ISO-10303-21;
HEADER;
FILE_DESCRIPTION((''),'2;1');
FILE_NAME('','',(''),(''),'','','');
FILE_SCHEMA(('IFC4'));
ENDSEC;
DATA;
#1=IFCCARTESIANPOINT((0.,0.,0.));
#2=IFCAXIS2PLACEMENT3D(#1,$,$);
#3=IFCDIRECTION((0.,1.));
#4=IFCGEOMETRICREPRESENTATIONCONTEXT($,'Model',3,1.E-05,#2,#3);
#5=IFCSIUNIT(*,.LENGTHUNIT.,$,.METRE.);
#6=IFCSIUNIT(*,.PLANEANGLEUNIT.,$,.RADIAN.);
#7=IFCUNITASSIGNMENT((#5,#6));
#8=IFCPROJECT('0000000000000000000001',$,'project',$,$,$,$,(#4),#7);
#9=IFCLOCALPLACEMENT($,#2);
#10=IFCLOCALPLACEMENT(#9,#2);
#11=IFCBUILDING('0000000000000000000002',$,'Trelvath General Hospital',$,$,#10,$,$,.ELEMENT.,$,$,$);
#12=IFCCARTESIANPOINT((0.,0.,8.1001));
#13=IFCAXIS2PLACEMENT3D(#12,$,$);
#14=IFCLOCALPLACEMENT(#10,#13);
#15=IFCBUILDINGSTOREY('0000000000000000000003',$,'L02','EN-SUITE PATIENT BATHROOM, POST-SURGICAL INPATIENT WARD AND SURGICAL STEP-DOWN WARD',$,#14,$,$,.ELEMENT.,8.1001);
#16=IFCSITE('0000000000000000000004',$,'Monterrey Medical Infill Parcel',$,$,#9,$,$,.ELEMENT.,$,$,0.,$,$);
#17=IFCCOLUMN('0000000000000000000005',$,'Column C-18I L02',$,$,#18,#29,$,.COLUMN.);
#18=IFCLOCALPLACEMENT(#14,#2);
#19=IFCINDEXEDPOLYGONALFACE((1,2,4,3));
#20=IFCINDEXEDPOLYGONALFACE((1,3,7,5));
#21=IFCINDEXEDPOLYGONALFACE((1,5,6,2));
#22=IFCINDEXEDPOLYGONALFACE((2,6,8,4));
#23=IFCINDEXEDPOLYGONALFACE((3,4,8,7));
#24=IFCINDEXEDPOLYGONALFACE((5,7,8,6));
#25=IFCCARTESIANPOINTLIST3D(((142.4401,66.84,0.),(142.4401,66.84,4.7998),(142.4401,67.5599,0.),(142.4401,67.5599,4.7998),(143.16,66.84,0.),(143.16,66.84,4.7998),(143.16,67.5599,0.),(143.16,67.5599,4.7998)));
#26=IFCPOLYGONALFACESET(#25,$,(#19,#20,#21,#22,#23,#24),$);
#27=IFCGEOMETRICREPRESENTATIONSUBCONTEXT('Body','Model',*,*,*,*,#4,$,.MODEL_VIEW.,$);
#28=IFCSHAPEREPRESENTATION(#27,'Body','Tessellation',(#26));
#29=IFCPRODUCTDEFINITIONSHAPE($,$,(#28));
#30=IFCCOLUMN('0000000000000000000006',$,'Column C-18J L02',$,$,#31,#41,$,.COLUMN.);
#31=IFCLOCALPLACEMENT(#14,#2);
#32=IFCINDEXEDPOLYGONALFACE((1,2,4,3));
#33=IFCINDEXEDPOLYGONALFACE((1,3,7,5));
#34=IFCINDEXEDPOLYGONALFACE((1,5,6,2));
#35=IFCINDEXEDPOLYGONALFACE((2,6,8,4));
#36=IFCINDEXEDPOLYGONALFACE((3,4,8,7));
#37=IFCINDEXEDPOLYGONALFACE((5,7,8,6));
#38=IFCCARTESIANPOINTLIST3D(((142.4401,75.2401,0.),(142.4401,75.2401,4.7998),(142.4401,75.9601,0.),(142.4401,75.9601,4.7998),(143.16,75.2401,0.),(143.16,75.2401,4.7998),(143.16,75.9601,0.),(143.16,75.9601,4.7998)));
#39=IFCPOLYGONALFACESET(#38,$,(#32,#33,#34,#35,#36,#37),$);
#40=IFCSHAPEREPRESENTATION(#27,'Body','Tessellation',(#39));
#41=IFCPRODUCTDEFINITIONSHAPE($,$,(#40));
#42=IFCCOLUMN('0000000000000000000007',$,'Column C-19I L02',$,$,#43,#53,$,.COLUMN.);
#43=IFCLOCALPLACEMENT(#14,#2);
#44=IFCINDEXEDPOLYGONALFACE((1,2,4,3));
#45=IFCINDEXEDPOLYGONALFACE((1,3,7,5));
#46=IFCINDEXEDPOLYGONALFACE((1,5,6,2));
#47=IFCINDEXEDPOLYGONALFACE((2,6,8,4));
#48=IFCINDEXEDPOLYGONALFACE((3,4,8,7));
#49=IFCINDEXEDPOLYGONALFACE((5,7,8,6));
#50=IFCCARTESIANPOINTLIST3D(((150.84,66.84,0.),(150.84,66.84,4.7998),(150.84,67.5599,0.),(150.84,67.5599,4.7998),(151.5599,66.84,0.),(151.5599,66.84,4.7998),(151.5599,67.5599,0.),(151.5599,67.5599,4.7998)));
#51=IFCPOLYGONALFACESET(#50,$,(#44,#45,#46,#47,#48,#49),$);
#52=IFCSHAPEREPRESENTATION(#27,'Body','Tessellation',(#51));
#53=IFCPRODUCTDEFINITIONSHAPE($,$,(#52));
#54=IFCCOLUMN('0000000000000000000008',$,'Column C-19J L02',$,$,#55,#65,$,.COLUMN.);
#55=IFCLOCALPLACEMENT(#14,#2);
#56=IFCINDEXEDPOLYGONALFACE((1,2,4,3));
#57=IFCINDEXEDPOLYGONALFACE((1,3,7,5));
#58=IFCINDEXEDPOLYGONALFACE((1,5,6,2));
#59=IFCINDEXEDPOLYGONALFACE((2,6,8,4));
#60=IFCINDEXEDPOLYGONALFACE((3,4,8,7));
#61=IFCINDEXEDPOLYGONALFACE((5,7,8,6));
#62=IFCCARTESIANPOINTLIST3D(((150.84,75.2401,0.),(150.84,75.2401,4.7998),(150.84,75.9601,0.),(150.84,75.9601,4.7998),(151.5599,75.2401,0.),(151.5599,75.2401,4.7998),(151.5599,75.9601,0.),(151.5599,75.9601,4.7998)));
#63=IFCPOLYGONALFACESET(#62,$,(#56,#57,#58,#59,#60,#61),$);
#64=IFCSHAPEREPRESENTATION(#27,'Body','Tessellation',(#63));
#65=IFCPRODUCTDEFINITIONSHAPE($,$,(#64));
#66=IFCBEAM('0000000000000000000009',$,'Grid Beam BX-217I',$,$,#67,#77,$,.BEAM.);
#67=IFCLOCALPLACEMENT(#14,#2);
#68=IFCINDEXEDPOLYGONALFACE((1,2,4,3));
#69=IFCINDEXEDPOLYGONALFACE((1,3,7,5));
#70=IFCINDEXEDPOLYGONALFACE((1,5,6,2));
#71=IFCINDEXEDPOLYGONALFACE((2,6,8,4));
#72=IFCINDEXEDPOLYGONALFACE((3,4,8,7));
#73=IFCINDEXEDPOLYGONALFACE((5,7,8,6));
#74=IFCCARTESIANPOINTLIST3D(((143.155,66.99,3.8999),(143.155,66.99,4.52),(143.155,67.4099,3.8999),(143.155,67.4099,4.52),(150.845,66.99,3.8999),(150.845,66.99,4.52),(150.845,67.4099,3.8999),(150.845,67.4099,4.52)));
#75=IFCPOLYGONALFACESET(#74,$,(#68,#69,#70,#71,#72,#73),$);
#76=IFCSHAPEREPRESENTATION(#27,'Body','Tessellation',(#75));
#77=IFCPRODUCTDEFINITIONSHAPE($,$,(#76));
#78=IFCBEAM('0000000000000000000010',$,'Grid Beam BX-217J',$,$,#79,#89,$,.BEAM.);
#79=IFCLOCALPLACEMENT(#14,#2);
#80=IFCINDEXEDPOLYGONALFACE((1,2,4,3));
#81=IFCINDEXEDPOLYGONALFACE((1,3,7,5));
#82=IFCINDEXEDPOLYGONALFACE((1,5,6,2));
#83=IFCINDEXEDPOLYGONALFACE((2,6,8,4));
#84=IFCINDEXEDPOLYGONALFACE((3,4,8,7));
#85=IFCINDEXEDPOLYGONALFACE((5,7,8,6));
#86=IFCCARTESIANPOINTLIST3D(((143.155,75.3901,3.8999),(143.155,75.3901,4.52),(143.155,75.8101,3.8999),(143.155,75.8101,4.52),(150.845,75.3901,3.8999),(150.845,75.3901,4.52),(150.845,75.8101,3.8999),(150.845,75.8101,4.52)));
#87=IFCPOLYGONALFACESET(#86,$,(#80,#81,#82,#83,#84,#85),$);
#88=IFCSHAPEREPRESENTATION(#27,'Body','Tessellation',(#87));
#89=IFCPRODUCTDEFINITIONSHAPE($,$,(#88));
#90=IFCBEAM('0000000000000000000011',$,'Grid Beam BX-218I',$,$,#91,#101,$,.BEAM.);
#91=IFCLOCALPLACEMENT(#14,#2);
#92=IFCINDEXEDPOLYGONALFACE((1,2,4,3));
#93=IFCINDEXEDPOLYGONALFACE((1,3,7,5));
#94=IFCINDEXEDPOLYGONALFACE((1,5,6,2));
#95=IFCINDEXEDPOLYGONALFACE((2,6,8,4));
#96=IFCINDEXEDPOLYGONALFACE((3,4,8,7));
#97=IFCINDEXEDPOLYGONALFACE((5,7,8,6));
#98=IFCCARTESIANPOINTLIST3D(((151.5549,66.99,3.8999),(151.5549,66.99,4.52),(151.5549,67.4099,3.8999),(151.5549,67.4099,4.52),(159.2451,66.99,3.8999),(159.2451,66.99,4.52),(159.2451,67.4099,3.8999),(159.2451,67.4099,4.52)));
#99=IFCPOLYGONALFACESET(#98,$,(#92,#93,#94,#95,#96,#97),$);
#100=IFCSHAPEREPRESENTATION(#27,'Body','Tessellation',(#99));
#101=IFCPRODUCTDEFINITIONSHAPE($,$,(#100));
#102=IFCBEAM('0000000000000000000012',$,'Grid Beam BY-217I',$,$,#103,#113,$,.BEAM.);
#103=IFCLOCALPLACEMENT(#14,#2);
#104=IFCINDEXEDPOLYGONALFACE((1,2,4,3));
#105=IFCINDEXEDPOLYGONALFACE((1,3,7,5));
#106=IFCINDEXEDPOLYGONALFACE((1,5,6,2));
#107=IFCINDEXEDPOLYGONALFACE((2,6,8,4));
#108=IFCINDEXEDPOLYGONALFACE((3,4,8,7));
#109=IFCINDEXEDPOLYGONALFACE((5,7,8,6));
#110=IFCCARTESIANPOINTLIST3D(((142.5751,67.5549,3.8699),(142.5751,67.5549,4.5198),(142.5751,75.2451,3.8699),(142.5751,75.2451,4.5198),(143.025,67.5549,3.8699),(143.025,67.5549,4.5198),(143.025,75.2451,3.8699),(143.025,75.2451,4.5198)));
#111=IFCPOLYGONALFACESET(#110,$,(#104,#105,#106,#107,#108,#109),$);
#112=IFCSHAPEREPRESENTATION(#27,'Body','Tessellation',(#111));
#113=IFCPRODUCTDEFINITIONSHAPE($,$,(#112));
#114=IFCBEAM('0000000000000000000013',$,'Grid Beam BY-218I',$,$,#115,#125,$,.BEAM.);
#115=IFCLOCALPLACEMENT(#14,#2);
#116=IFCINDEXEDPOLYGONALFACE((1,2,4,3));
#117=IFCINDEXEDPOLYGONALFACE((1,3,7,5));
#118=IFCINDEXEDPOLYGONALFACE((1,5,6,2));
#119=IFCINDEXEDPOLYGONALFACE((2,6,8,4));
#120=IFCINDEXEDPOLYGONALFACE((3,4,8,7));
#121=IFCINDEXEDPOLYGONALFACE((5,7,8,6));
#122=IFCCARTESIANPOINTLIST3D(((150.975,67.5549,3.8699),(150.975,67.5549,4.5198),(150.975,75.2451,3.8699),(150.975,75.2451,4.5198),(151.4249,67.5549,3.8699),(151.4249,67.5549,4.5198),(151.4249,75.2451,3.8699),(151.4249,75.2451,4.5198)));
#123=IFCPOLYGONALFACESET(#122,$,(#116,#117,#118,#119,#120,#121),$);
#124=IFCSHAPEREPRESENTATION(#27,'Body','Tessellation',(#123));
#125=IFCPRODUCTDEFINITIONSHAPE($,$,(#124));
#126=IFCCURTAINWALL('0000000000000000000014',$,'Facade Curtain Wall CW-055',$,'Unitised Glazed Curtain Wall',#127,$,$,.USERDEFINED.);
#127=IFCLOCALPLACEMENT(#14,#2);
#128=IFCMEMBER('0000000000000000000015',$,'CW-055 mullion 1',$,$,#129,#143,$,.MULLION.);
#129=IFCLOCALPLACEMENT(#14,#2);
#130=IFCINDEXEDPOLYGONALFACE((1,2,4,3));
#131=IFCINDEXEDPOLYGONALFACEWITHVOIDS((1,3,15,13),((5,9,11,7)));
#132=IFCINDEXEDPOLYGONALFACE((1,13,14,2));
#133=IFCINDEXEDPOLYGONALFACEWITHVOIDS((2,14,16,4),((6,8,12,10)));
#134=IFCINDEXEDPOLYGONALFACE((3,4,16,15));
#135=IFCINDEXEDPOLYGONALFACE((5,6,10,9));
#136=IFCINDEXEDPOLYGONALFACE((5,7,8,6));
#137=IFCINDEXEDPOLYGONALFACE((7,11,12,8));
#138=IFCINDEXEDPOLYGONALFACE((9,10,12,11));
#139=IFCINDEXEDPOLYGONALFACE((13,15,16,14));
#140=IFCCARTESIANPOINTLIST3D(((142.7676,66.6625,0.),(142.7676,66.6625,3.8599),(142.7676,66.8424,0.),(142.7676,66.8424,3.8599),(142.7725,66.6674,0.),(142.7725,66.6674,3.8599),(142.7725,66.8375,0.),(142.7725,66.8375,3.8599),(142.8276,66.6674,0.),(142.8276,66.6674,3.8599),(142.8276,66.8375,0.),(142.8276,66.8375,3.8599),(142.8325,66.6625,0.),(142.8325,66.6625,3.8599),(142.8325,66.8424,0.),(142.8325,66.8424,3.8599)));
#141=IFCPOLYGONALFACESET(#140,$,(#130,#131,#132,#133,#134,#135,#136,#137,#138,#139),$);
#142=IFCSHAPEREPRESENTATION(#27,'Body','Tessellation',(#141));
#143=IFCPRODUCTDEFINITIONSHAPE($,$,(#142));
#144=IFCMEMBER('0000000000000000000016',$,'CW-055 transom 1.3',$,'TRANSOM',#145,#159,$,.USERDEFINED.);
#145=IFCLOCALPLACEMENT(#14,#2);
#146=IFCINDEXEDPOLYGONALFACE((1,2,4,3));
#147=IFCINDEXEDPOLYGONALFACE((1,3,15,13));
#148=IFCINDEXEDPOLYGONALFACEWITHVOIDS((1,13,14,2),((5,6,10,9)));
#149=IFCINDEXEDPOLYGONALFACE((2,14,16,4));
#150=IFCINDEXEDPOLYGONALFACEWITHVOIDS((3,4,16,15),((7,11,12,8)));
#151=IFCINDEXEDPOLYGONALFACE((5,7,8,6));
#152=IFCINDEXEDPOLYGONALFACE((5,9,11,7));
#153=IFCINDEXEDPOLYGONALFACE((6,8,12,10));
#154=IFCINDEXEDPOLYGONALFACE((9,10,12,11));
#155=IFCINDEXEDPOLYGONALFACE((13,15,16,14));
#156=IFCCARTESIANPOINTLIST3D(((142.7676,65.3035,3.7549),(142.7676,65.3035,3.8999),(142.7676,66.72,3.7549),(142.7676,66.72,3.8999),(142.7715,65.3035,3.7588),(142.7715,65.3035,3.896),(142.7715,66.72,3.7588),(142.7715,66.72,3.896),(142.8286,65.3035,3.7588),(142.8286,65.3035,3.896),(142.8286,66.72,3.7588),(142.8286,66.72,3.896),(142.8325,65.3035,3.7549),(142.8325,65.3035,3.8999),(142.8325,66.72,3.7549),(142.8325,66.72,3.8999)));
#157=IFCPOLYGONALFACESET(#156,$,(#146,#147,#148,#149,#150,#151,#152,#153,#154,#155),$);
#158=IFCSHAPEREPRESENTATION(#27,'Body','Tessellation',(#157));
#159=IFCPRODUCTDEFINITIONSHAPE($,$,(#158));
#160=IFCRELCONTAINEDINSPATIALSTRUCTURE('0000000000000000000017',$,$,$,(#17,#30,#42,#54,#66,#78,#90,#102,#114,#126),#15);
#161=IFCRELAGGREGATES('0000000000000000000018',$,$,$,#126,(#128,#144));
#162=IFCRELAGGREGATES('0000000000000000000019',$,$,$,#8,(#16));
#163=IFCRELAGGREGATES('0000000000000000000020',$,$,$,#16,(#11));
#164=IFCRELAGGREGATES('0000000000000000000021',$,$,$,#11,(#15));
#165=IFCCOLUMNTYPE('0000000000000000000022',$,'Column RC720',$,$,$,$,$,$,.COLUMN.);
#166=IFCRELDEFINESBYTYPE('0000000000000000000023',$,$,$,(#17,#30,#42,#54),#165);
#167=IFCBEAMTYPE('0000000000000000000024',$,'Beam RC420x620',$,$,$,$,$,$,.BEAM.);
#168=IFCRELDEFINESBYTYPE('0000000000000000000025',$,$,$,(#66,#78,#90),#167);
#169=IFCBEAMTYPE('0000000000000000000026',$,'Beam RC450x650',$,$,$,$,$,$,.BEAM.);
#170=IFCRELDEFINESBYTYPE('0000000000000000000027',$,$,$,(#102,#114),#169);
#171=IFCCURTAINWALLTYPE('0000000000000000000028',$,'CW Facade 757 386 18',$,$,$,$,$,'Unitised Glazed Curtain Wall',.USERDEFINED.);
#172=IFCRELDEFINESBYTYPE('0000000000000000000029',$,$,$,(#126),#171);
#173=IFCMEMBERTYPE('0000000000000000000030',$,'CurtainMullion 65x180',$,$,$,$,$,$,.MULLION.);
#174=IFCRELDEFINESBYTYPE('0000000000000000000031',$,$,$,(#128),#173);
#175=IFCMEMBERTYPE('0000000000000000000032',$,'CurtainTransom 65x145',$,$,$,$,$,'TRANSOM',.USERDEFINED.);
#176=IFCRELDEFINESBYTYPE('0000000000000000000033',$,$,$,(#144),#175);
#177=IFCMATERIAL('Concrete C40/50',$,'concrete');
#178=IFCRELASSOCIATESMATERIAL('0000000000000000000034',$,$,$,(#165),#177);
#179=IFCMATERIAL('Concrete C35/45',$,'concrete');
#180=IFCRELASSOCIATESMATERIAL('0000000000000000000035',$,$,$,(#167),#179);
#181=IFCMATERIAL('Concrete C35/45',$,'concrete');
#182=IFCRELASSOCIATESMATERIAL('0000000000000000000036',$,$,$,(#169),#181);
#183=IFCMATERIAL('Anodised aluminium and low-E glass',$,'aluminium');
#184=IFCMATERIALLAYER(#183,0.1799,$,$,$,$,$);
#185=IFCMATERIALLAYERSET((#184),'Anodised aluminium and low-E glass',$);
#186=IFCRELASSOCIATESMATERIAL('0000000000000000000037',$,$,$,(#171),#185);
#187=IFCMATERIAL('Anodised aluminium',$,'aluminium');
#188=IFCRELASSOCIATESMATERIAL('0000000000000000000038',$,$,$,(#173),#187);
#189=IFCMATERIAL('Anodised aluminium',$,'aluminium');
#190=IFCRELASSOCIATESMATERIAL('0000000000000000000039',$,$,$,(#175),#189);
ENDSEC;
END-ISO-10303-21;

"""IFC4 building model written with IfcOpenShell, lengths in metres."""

from ifc_helpers import new_model, si_unit, direction, frame, origin, origin_2d, place, context, subcontext, project, spatial, rectangle, hollow_rectangle, extrude, material, layer, layer_set, material_profile, profile_set, type_object, element, aggregate, save


model = new_model("IFC4")

# Units and contexts
model_context = context("Model", 3, precision=1e-05, world=origin(), true_north=direction((0.0, 1.0)))
body_context = subcontext(model_context, "Body", "Model", "MODEL_VIEW")
ifc_project = project(units=[si_unit("LENGTHUNIT", "METRE"), si_unit("PLANEANGLEUNIT", "RADIAN")], contexts=[model_context])

# Site, building, storey
site_placement = place(None, origin())
site = spatial("IfcSite", under=ifc_project, at=site_placement, Name="Monterrey Medical Infill Parcel", CompositionType="ELEMENT", RefElevation=0.0)
building_placement = place(site_placement, origin())
building = spatial("IfcBuilding", under=site, at=building_placement, Name="Trelvath General Hospital", CompositionType="ELEMENT")
storey_placement = place(building_placement, frame((0.0, 0.0, 8.1001)))
storey = spatial("IfcBuildingStorey", under=building, at=storey_placement, Name="L02", Description="EN-SUITE PATIENT BATHROOM, POST-SURGICAL INPATIENT WARD AND SURGICAL STEP-DOWN WARD", CompositionType="ELEMENT", Elevation=8.1001)

# Columns
ifc_material_1 = material(Name="Concrete C40/50", Category="concrete")
ifc_material_profile_1 = material_profile(ifc_material_1, rectangle(XDim=0.72, YDim=0.72, at=origin_2d()), Name="RC720x720")
ifc_profile_set_1 = profile_set([ifc_material_profile_1], Name="Concrete C40/50")
column_type = type_object("IfcColumnType", Name="Column RC720", PredefinedType="COLUMN", material=ifc_profile_set_1)
for number, where, z_axis, x_axis, name in (
    (1, (142.8, 67.2, 0.0), (0.0, 0.0, 1.0), (1.0, 0.0, 0.0), "Column C-18I L02"),
    (2, (142.8, 75.6001, 0.0), (0.0, 0.0, 1.0), (1.0, 0.0, 0.0), "Column C-18J L02"),
    (3, (151.2, 67.2, 0.0), (0.0, 0.0, 1.0), (1.0, 0.0, 0.0), "Column C-19I L02"),
    (4, (151.2, 75.6001, 0.0), (0.0, 0.0, 1.0), (1.0, 0.0, 0.0), "Column C-19J L02"),
):
    element("IfcColumn", number, at=place(storey_placement, frame(where, z_axis=z_axis, x_axis=x_axis)), inside=storey, type_object=column_type, Name=name, PredefinedType="COLUMN", context=body_context, shape_type="SweptSolid", body=[
        extrude(rectangle(XDim=0.72, YDim=0.72, at=origin_2d()), origin(), (0.0, 0.0, 1.0), 4.7998),
    ])

# Beams
ifc_material_2 = material(Name="Concrete C35/45", Category="concrete")
ifc_material_profile_2 = material_profile(ifc_material_2, rectangle(XDim=0.4199, YDim=0.6201, at=origin_2d()), Name="RCB420x620")
ifc_profile_set_2 = profile_set([ifc_material_profile_2], Name="Concrete C35/45")
beam_type_1 = type_object("IfcBeamType", Name="Beam RC420x620", PredefinedType="BEAM", material=ifc_profile_set_2)
for number, where, z_axis, x_axis, name in (
    (5, (143.155, 67.2, 4.21), (1.0, 0.0, 0.0), (0.0, 1.0, 0.0), "Grid Beam BX-217I"),
    (6, (143.155, 75.6001, 4.21), (1.0, 0.0, 0.0), (0.0, 1.0, 0.0), "Grid Beam BX-217J"),
):
    element("IfcBeam", number, at=place(storey_placement, frame(where, z_axis=z_axis, x_axis=x_axis)), inside=storey, type_object=beam_type_1, Name=name, PredefinedType="BEAM", context=body_context, shape_type="SweptSolid", body=[
        extrude(rectangle(XDim=0.4199, YDim=0.6201, at=origin_2d()), origin(), (0.0, 0.0, 1.0), 7.6899),
    ])
beam_placement = place(storey_placement, frame((151.5549, 67.2, 4.21), z_axis=(1.0, 0.0, 0.0), x_axis=(0.0, 1.0, 0.0)))
element("IfcBeam", 7, at=beam_placement, inside=storey, type_object=beam_type_1, Name="Grid Beam BX-218I", PredefinedType="BEAM", context=body_context, shape_type="SweptSolid", body=[
    extrude(rectangle(XDim=0.4199, YDim=0.6201, at=origin_2d()), origin(), (0.0, 0.0, 1.0), 7.6902),
])
ifc_material_3 = material(Name="Concrete C35/45", Category="concrete")
ifc_material_profile_3 = material_profile(ifc_material_3, rectangle(XDim=0.45, YDim=0.6499, at=origin_2d()), Name="RCB450x650")
ifc_profile_set_3 = profile_set([ifc_material_profile_3], Name="Concrete C35/45")
beam_type_2 = type_object("IfcBeamType", Name="Beam RC450x650", PredefinedType="BEAM", material=ifc_profile_set_3)
for number, where, z_axis, x_axis, name in (
    (8, (142.8, 67.5549, 4.1948), (0.0, 1.0, 0.0), (-1.0, 0.0, 0.0), "Grid Beam BY-217I"),
    (9, (151.2, 67.5549, 4.1948), (0.0, 1.0, 0.0), (-1.0, 0.0, 0.0), "Grid Beam BY-218I"),
):
    element("IfcBeam", number, at=place(storey_placement, frame(where, z_axis=z_axis, x_axis=x_axis)), inside=storey, type_object=beam_type_2, Name=name, PredefinedType="BEAM", context=body_context, shape_type="SweptSolid", body=[
        extrude(rectangle(XDim=0.45, YDim=0.6499, at=origin_2d()), origin(), (0.0, 0.0, 1.0), 7.6902),
    ])

# Curtain wall, members
ifc_material_4 = material(Name="Anodised aluminium and low-E glass", Category="aluminium")
ifc_layer_1 = layer(ifc_material_4, 0.1799)
ifc_layer_set_1 = layer_set([ifc_layer_1], Name="Anodised aluminium and low-E glass")
curtain_wall_type = type_object("IfcCurtainWallType", Name="CW Facade 757 386 18", ElementType="Unitised Glazed Curtain Wall", PredefinedType="USERDEFINED", material=ifc_layer_set_1)
curtain_wall_placement = place(storey_placement, origin())
curtain_wall = element("IfcCurtainWall", 10, at=curtain_wall_placement, inside=storey, type_object=curtain_wall_type, Name="Facade Curtain Wall CW-055", ObjectType="Unitised Glazed Curtain Wall", PredefinedType="USERDEFINED")
ifc_material_5 = material(Name="Anodised aluminium", Category="aluminium")
ifc_material_profile_4 = material_profile(ifc_material_5, hollow_rectangle(XDim=0.0649, YDim=0.1799, WallThickness=0.0049, at=origin_2d()), Name="RHS65x180x5")
ifc_profile_set_4 = profile_set([ifc_material_profile_4], Name="Anodised aluminium")
member_type_1 = type_object("IfcMemberType", Name="CurtainMullion 65x180", PredefinedType="MULLION", material=ifc_profile_set_4)
member_1_placement = place(storey_placement, frame((142.8, 66.7524, 0.0), z_axis=(0.0, 0.0, 1.0), x_axis=(1.0, 0.0, 0.0)))
member_1 = element("IfcMember", 11, at=member_1_placement, type_object=member_type_1, Name="CW-055 mullion 1", PredefinedType="MULLION", context=body_context, shape_type="SweptSolid", body=[
    extrude(hollow_rectangle(XDim=0.0649, YDim=0.1799, WallThickness=0.0049, at=origin_2d()), origin(), (0.0, 0.0, 1.0), 3.8599),
])
ifc_material_6 = material(Name="Anodised aluminium", Category="aluminium")
ifc_material_profile_5 = material_profile(ifc_material_6, hollow_rectangle(XDim=0.0649, YDim=0.145, WallThickness=0.0039, at=origin_2d()), Name="RHS65x145x4")
ifc_profile_set_5 = profile_set([ifc_material_profile_5], Name="Anodised aluminium")
member_type_2 = type_object("IfcMemberType", Name="CurtainTransom 65x145", ElementType="TRANSOM", PredefinedType="USERDEFINED", material=ifc_profile_set_5)
member_2_placement = place(storey_placement, frame((142.8, 66.72, 3.8274), z_axis=(0.0, -1.0, 0.0), x_axis=(1.0, 0.0, 0.0)))
member_2 = element("IfcMember", 12, at=member_2_placement, type_object=member_type_2, Name="CW-055 transom 1.3", ObjectType="TRANSOM", PredefinedType="USERDEFINED", context=body_context, shape_type="SweptSolid", body=[
    extrude(hollow_rectangle(XDim=0.0649, YDim=0.145, WallThickness=0.0039, at=origin_2d()), origin(), (0.0, 0.0, 1.0), 1.4165),
])
aggregate(curtain_wall, [member_1, member_2])

save(model, "model.ifc")
